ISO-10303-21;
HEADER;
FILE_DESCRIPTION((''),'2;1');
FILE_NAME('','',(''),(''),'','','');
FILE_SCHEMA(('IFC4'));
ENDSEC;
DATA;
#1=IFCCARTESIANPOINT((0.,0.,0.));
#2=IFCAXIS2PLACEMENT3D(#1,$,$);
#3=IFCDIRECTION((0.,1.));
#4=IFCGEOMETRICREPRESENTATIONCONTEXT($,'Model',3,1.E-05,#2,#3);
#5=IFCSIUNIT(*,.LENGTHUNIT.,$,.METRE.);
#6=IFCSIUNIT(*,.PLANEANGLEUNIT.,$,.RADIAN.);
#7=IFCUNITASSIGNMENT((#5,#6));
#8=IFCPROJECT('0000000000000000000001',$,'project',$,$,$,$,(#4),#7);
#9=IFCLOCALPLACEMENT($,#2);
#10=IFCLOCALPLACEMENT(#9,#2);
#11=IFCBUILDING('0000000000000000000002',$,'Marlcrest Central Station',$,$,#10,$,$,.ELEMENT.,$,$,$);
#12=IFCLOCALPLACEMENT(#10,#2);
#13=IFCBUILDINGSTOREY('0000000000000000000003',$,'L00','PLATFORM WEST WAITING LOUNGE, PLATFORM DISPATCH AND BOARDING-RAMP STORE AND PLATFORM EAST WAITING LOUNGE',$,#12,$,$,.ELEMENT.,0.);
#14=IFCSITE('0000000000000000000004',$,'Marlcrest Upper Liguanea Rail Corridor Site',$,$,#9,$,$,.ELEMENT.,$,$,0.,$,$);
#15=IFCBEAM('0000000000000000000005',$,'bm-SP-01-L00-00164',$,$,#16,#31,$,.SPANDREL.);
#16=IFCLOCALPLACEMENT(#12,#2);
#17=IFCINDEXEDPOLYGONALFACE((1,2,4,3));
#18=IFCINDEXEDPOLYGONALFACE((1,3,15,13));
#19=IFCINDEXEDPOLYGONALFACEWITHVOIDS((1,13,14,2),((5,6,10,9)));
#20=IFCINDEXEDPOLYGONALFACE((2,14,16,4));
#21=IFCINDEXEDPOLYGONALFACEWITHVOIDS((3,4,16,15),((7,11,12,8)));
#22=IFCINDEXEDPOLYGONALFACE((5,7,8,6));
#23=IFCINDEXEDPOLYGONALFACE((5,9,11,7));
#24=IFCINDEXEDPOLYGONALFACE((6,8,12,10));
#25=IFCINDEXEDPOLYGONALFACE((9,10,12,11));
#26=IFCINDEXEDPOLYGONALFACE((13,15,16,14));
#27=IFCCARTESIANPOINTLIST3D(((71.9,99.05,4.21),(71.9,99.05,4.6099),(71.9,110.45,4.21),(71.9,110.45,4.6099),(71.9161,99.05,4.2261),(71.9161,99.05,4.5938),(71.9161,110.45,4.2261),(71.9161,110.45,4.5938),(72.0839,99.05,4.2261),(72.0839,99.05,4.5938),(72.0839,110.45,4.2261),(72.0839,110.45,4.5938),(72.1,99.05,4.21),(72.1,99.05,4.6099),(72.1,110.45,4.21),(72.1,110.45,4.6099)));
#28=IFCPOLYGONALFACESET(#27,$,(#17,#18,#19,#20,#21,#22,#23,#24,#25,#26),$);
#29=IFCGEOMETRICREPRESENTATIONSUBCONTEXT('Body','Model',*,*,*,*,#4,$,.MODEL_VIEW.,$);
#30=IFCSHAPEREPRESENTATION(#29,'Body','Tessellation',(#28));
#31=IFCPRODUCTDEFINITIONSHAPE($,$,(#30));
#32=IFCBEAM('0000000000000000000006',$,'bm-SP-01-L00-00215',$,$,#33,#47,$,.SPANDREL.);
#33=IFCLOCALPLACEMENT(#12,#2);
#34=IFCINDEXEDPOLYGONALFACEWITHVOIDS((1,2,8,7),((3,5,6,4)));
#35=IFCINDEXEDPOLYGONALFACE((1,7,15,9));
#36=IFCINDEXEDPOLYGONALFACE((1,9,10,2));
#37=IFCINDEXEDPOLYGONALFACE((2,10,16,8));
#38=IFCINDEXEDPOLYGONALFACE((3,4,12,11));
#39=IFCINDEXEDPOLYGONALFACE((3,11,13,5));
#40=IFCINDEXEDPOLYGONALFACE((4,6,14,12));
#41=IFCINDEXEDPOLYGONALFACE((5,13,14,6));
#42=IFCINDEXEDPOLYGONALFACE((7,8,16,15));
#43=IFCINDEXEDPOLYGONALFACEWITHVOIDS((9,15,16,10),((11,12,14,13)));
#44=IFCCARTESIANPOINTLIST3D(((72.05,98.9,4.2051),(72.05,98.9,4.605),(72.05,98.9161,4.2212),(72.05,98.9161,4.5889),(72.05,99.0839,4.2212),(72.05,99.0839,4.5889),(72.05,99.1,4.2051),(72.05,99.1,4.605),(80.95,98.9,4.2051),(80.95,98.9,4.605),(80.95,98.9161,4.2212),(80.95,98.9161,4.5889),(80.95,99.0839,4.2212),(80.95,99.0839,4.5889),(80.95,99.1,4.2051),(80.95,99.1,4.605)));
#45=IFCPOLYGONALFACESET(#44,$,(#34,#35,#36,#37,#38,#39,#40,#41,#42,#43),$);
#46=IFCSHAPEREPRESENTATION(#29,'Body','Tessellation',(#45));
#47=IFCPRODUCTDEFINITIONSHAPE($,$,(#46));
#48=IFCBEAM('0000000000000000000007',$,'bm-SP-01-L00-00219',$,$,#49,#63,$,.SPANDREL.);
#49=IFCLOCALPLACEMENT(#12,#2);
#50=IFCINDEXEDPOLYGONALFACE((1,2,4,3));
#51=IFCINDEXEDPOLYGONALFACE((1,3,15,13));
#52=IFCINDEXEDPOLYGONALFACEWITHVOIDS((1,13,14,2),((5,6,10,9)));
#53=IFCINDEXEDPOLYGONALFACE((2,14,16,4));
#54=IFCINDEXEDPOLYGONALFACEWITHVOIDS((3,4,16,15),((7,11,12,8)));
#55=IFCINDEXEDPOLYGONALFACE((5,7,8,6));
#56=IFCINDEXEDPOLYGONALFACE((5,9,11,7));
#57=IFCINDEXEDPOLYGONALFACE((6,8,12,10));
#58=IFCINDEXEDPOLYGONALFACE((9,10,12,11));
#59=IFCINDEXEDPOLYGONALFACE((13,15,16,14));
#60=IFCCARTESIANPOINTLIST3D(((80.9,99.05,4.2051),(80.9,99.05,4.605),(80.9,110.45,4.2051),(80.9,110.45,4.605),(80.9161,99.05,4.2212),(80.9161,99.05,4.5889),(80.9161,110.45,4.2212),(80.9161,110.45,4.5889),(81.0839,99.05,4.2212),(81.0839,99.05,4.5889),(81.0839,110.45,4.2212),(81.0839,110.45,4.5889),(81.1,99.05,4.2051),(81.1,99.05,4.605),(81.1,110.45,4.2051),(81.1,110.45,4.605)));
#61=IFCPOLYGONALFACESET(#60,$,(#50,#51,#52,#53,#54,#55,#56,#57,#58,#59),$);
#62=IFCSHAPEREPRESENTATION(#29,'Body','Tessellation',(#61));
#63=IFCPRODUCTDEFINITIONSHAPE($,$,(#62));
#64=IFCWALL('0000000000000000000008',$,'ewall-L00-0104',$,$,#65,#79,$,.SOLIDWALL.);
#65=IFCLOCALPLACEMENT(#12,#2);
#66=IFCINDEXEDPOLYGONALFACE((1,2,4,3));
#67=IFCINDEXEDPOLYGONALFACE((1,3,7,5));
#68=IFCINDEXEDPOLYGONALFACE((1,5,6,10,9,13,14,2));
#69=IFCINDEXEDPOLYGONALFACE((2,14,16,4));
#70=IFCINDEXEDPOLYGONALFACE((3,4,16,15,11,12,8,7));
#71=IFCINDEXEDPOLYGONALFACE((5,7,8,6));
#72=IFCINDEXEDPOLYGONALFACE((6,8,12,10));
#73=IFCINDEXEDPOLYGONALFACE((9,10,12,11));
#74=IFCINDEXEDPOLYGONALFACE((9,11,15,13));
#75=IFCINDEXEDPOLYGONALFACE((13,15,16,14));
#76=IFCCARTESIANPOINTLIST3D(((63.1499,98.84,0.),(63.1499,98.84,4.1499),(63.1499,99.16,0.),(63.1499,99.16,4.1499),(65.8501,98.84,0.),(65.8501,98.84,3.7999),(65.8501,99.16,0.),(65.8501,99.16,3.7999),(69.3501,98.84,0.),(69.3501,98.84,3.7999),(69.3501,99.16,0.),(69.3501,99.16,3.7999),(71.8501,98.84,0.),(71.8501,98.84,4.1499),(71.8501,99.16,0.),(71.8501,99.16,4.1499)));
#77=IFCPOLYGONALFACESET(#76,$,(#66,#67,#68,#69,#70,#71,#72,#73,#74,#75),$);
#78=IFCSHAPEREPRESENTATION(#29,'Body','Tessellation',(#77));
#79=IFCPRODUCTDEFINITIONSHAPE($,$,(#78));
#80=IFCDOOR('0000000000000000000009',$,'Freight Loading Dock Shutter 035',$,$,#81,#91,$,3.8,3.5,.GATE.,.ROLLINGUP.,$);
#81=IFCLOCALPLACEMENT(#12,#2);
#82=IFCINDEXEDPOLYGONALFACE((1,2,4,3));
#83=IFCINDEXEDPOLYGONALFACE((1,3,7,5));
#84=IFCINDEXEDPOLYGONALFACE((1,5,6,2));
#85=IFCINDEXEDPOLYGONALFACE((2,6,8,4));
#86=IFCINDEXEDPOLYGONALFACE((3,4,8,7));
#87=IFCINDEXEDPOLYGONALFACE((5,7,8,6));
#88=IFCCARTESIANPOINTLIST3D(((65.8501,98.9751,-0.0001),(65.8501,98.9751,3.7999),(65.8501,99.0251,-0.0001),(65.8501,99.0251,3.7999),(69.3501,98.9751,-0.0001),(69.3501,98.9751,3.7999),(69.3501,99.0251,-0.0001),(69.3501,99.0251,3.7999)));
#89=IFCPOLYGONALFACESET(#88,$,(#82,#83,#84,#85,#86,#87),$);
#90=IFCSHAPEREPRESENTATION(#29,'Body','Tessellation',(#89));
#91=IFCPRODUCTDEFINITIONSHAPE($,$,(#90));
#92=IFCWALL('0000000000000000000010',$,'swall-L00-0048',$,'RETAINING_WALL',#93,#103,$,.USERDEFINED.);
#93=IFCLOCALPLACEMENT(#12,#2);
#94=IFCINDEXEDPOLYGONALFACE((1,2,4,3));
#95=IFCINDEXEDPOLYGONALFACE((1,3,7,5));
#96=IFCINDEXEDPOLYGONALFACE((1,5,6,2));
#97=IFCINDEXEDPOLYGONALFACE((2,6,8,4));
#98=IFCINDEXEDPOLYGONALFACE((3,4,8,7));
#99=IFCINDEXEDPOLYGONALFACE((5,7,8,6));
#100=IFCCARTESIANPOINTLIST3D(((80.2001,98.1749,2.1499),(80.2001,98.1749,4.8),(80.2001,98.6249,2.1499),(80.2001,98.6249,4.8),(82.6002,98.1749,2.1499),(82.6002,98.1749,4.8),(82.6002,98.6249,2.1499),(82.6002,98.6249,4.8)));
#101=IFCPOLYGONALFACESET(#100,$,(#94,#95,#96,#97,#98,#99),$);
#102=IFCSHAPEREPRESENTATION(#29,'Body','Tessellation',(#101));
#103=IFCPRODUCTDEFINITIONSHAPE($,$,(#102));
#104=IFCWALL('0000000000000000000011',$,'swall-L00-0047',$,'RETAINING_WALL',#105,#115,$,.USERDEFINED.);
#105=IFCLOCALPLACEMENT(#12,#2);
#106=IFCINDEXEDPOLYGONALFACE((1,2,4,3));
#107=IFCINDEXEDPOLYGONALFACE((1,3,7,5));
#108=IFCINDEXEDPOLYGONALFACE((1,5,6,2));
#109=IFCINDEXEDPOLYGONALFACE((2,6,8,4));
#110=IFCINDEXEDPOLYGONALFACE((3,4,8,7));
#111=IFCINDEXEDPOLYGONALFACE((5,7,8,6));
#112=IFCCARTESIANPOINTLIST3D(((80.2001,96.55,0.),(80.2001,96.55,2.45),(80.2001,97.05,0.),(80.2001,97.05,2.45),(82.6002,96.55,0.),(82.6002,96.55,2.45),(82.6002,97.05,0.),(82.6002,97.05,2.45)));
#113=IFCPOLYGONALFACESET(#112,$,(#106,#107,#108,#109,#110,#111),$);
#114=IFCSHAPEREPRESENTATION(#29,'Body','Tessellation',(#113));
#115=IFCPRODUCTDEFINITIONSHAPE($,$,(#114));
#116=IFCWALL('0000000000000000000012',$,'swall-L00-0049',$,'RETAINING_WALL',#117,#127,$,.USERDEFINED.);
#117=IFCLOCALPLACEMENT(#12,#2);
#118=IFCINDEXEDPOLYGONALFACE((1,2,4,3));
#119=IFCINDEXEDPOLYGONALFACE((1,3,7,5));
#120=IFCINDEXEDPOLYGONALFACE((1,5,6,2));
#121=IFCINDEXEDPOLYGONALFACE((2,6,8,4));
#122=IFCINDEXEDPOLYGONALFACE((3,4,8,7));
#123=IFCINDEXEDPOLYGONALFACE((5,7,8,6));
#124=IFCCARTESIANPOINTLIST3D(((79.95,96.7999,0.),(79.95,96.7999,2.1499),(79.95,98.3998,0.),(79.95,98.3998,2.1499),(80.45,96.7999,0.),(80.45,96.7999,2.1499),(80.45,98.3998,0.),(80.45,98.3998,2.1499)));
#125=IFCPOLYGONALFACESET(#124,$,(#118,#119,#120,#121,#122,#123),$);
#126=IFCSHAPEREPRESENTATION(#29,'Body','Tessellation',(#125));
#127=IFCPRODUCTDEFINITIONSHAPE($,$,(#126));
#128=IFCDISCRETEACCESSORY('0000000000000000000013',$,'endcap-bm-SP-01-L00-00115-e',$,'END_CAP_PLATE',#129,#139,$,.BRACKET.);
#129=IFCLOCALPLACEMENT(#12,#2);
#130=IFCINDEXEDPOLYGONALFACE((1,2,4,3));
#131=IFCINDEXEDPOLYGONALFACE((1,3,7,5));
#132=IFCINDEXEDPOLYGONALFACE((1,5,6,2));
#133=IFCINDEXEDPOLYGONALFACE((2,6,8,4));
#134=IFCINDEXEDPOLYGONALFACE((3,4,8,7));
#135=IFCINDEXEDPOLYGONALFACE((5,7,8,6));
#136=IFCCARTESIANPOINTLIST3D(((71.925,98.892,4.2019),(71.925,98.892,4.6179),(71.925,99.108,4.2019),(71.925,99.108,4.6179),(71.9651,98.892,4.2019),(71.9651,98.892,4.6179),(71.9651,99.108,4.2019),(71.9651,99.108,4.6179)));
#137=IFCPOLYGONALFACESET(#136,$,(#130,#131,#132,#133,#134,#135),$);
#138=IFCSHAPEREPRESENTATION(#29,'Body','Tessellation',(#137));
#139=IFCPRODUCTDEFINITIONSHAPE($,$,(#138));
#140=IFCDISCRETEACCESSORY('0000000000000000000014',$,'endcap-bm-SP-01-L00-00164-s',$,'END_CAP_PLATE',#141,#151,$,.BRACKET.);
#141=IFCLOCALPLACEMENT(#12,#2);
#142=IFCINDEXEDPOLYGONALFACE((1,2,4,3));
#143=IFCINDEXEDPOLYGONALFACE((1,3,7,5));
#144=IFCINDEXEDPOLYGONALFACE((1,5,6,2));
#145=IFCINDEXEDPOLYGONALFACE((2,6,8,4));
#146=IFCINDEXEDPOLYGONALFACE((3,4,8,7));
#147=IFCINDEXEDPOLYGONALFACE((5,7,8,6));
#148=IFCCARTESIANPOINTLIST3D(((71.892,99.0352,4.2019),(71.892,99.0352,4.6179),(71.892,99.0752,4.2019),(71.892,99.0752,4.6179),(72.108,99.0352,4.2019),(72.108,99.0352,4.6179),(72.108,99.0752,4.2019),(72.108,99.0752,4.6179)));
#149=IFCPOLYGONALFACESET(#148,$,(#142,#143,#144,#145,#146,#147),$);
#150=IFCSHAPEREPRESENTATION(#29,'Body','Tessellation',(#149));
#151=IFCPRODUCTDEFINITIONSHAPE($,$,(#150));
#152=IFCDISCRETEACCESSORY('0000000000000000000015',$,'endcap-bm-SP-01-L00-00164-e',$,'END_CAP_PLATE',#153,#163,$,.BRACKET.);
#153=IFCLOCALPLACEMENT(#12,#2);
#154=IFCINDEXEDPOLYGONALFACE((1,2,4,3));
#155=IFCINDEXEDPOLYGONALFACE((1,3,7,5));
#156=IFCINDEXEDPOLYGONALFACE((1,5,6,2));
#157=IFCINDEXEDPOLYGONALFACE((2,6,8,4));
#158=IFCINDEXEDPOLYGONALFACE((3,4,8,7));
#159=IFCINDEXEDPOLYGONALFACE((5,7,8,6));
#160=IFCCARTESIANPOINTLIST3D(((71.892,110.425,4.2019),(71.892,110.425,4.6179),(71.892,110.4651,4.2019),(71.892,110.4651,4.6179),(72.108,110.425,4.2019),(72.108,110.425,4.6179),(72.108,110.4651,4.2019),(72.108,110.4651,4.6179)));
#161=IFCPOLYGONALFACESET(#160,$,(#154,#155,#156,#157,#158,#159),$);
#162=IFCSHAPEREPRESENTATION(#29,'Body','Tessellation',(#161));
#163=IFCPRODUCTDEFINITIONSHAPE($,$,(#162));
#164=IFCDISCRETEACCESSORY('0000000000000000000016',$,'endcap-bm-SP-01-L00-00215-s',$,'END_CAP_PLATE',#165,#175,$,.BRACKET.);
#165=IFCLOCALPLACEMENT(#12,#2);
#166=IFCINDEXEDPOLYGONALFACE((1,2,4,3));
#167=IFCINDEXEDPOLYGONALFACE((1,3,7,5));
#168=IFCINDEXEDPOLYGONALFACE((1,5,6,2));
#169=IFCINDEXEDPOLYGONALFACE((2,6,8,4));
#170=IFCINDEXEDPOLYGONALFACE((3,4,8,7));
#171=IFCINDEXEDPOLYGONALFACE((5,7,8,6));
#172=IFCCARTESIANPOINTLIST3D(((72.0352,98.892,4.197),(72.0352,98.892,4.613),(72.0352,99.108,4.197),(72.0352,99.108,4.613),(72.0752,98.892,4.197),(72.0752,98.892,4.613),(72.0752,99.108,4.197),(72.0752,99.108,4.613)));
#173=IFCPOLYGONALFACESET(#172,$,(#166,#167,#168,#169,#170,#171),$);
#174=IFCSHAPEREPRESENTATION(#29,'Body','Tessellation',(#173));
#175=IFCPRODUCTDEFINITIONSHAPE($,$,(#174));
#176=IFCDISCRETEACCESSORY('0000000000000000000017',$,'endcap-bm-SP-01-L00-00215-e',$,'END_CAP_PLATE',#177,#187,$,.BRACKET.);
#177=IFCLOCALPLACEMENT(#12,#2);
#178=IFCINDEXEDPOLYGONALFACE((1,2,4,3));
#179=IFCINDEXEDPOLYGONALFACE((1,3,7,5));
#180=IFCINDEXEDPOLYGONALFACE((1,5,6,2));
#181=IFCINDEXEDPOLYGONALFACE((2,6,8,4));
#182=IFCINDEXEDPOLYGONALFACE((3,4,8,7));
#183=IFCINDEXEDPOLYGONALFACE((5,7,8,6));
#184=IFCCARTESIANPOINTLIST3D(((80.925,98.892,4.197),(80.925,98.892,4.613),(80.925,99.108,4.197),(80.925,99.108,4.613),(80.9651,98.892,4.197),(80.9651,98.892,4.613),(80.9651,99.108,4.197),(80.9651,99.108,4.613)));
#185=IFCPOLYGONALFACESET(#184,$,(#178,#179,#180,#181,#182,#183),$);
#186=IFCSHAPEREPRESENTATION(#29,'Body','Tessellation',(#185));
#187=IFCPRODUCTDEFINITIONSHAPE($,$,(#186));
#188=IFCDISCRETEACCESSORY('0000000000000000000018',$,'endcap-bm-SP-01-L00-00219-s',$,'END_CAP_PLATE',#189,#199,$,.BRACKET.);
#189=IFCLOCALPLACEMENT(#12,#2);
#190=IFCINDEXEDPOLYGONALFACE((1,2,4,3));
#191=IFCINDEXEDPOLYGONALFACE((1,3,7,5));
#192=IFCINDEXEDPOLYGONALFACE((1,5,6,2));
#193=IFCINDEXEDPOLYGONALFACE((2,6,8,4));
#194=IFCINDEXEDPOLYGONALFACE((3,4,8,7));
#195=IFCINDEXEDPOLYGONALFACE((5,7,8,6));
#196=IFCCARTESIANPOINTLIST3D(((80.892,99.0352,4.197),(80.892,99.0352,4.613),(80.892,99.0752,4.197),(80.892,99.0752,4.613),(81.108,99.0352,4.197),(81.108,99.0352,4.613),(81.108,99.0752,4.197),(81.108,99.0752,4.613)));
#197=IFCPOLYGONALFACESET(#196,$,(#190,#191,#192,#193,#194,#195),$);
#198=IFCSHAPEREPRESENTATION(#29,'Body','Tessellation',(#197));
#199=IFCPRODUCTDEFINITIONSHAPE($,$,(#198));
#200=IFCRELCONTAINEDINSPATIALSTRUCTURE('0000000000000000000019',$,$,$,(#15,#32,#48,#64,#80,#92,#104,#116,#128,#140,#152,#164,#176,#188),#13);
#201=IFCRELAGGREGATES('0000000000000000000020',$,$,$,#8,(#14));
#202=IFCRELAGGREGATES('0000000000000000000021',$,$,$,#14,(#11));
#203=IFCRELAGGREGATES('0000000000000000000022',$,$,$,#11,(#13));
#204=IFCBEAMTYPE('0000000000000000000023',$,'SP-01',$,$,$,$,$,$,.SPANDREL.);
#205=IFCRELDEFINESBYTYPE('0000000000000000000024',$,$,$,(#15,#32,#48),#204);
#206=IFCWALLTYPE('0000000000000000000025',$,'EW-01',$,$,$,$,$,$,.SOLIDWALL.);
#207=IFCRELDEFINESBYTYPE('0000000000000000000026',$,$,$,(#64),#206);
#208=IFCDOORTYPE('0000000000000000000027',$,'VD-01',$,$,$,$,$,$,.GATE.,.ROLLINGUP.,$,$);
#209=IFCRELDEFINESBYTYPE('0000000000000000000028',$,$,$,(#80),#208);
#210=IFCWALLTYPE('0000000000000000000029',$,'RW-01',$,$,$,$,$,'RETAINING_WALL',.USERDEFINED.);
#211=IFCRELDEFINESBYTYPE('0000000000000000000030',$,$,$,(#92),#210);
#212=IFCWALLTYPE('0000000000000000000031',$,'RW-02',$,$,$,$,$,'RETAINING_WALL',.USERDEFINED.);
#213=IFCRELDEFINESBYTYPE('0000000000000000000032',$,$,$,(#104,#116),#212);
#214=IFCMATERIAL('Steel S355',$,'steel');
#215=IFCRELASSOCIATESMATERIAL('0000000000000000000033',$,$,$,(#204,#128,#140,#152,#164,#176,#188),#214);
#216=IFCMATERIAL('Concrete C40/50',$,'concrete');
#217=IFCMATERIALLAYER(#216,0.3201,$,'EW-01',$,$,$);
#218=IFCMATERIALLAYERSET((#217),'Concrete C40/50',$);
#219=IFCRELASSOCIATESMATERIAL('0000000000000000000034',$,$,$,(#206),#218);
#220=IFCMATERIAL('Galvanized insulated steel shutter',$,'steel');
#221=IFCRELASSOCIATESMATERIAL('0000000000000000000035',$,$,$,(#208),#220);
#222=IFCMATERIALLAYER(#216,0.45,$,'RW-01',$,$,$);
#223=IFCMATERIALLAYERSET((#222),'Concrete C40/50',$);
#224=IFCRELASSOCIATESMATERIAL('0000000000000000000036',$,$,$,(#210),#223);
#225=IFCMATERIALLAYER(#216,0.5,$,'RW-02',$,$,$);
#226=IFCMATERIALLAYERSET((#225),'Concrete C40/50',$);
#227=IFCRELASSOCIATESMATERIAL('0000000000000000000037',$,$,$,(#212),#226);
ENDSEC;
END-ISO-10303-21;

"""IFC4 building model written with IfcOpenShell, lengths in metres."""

from ifc_helpers import new_model, si_unit, direction, frame, frame_2d, origin, origin_2d, place, context, subcontext, project, spatial, rectangle, hollow_rectangle, extrude, material, layer, layer_set, material_profile, profile_set, type_object, element, fill, save


model = new_model("IFC4")

# Units and contexts
model_context = context("Model", 3, precision=1e-05, world=origin(), true_north=direction((0.0, 1.0)))
body_context = subcontext(model_context, "Body", "Model", "MODEL_VIEW")
ifc_project = project(units=[si_unit("LENGTHUNIT", "METRE"), si_unit("PLANEANGLEUNIT", "RADIAN")], contexts=[model_context])

# Site, building, storey
site_placement = place(None, origin())
site = spatial("IfcSite", under=ifc_project, at=site_placement, Name="Marlcrest Upper Liguanea Rail Corridor Site", CompositionType="ELEMENT", RefElevation=0.0)
building_placement = place(site_placement, origin())
building = spatial("IfcBuilding", under=site, at=building_placement, Name="Marlcrest Central Station", CompositionType="ELEMENT")
storey_placement = place(building_placement, origin())
storey = spatial("IfcBuildingStorey", under=building, at=storey_placement, Name="L00", Description="PLATFORM WEST WAITING LOUNGE, PLATFORM DISPATCH AND BOARDING-RAMP STORE AND PLATFORM EAST WAITING LOUNGE", CompositionType="ELEMENT", Elevation=0.0)

# Shared definitions
ifc_material_1 = material(Name="Concrete C40/50", Category="concrete")

# Shared definitions
ifc_material_2 = material(Name="Steel S355", Category="steel")

# Beams
ifc_material_profile_1 = material_profile(ifc_material_2, hollow_rectangle(XDim=0.2, YDim=0.3999, WallThickness=0.0161, at=origin_2d()), Name="RHS 400x200x16")
ifc_profile_set_1 = profile_set([ifc_material_profile_1], Name="Steel S355")
beam_type_1 = type_object("IfcBeamType", Name="SP-01", PredefinedType="SPANDREL", material=ifc_profile_set_1)
beam_1_placement = place(storey_placement, frame((72.0, 99.05, 4.4099), z_axis=(0.0, 1.0, 0.0), x_axis=(-1.0, 0.0, 0.0)))
element("IfcBeam", 1, at=beam_1_placement, inside=storey, type_object=beam_type_1, Name="bm-SP-01-L00-00164", PredefinedType="SPANDREL", context=body_context, shape_type="SweptSolid", body=[
    extrude(hollow_rectangle(XDim=0.2, YDim=0.3999, WallThickness=0.0161, at=origin_2d()), origin(), (0.0, 0.0, 1.0), 11.3999),
])
beam_2_placement = place(storey_placement, frame((72.05, 99.0, 4.405), z_axis=(1.0, 0.0, 0.0), x_axis=(0.0, 1.0, 0.0)))
element("IfcBeam", 2, at=beam_2_placement, inside=storey, type_object=beam_type_1, Name="bm-SP-01-L00-00215", PredefinedType="SPANDREL", context=body_context, shape_type="SweptSolid", body=[
    extrude(hollow_rectangle(XDim=0.2, YDim=0.3999, WallThickness=0.0161, at=origin_2d()), origin(), (0.0, 0.0, 1.0), 8.8999),
])
beam_3_placement = place(storey_placement, frame((81.0, 99.05, 4.405), z_axis=(0.0, 1.0, 0.0), x_axis=(-1.0, 0.0, 0.0)))
element("IfcBeam", 3, at=beam_3_placement, inside=storey, type_object=beam_type_1, Name="bm-SP-01-L00-00219", PredefinedType="SPANDREL", context=body_context, shape_type="SweptSolid", body=[
    extrude(hollow_rectangle(XDim=0.2, YDim=0.3999, WallThickness=0.0161, at=origin_2d()), origin(), (0.0, 0.0, 1.0), 11.3999),
])

# Wall, opening, door
ifc_layer_1 = layer(ifc_material_1, 0.3201, Name="EW-01")
ifc_layer_set_1 = layer_set([ifc_layer_1], Name="Concrete C40/50")
wall_type_1 = type_object("IfcWallType", Name="EW-01", PredefinedType="SOLIDWALL", material=ifc_layer_set_1)
wall_1_placement = place(storey_placement, frame((71.8501, 99.0, 0.0), z_axis=(0.0, 0.0, 1.0), x_axis=(-1.0, 0.0, 0.0)))
wall_1 = element("IfcWall", 4, at=wall_1_placement, inside=storey, type_object=wall_type_1, Name="ewall-L00-0104", PredefinedType="SOLIDWALL", context=body_context, shape_type="SweptSolid", body=[
    extrude(rectangle(XDim=8.7002, YDim=0.3201, at=frame_2d((4.3501, 0.0))), origin(), (0.0, 0.0, 1.0), 4.1499),
])
opening_1_placement = place(wall_1_placement, frame((2.5, 0.0, 0.0)))
opening_1 = element("IfcOpeningElement", 5, at=opening_1_placement, cuts=wall_1, PredefinedType="OPENING", context=body_context, shape_type="SweptSolid", body=[
    extrude(rectangle(XDim=3.5, YDim=3.8, at=frame_2d((1.75, 1.8999))), frame((0.0, 0.1699, 0.0), z_axis=(0.0, -1.0, 0.0), x_axis=(1.0, 0.0, 0.0)), (0.0, 0.0, 1.0), 0.3401),
])
ifc_material_3 = material(Name="Galvanized insulated steel shutter", Category="steel")
door_type_1 = type_object("IfcDoorType", Name="VD-01", OperationType="ROLLINGUP", PredefinedType="GATE", material=ifc_material_3)
door_1_placement = place(opening_1_placement, origin())
door_1 = element("IfcDoor", 6, at=door_1_placement, inside=storey, type_object=door_type_1, Name="Freight Loading Dock Shutter 035", OperationType="ROLLINGUP", OverallHeight=3.8, OverallWidth=3.5, PredefinedType="GATE", context=body_context, shape_type="SweptSolid", body=[
    extrude(rectangle(XDim=3.5, YDim=3.8, at=frame_2d((1.75, 1.8999))), frame((0.0, 0.0249, 0.0), z_axis=(0.0, -1.0, 0.0), x_axis=(1.0, 0.0, 0.0)), (0.0, 0.0, 1.0), 0.05),
])
fill(opening_1, door_1)

# Walls
ifc_layer_2 = layer(ifc_material_1, 0.45, Name="RW-01")
ifc_layer_set_2 = layer_set([ifc_layer_2], Name="Concrete C40/50")
wall_type_2 = type_object("IfcWallType", Name="RW-01", ElementType="RETAINING_WALL", PredefinedType="USERDEFINED", material=ifc_layer_set_2)
wall_2_placement = place(storey_placement, frame((80.2, 98.3999, 2.1499), z_axis=(0.0, 0.0, 1.0), x_axis=(1.0, 0.0, 0.0)))
element("IfcWall", 7, at=wall_2_placement, inside=storey, type_object=wall_type_2, Name="swall-L00-0048", ObjectType="RETAINING_WALL", PredefinedType="USERDEFINED", context=body_context, shape_type="SweptSolid", body=[
    extrude(rectangle(XDim=2.4001, YDim=0.45, at=frame_2d((1.2002, 0.0))), origin(), (0.0, 0.0, 1.0), 2.6501),
])
ifc_layer_3 = layer(ifc_material_1, 0.5, Name="RW-02")
ifc_layer_set_3 = layer_set([ifc_layer_3], Name="Concrete C40/50")
wall_type_3 = type_object("IfcWallType", Name="RW-02", ElementType="RETAINING_WALL", PredefinedType="USERDEFINED", material=ifc_layer_set_3)
wall_3_placement = place(storey_placement, frame((80.2, 96.8, 0.0), z_axis=(0.0, 0.0, 1.0), x_axis=(1.0, 0.0, 0.0)))
element("IfcWall", 8, at=wall_3_placement, inside=storey, type_object=wall_type_3, Name="swall-L00-0047", ObjectType="RETAINING_WALL", PredefinedType="USERDEFINED", context=body_context, shape_type="SweptSolid", body=[
    extrude(rectangle(XDim=2.4001, YDim=0.5, at=frame_2d((1.2002, 0.0))), origin(), (0.0, 0.0, 1.0), 2.45),
])
wall_4_placement = place(storey_placement, frame((80.2, 96.8, 0.0), z_axis=(0.0, 0.0, 1.0), x_axis=(0.0, 1.0, 0.0)))
element("IfcWall", 9, at=wall_4_placement, inside=storey, type_object=wall_type_3, Name="swall-L00-0049", ObjectType="RETAINING_WALL", PredefinedType="USERDEFINED", context=body_context, shape_type="SweptSolid", body=[
    extrude(rectangle(XDim=1.5999, YDim=0.5, at=frame_2d((0.7998, 0.0))), origin(), (0.0, 0.0, 1.0), 2.1499),
])

# Discrete accessories
for number, where, z_axis, x_axis, name in (
    (10, (71.925, 99.0, 4.4099), (1.0, 0.0, 0.0), (0.0, 1.0, 0.0), "endcap-bm-SP-01-L00-00115-e"),
    (11, (72.0, 99.0352, 4.4099), (0.0, 1.0, 0.0), (-1.0, 0.0, 0.0), "endcap-bm-SP-01-L00-00164-s"),
    (12, (72.0, 110.425, 4.4099), (0.0, 1.0, 0.0), (-1.0, 0.0, 0.0), "endcap-bm-SP-01-L00-00164-e"),
    (13, (72.0352, 99.0, 4.405), (1.0, 0.0, 0.0), (0.0, 1.0, 0.0), "endcap-bm-SP-01-L00-00215-s"),
    (14, (80.925, 99.0, 4.405), (1.0, 0.0, 0.0), (0.0, 1.0, 0.0), "endcap-bm-SP-01-L00-00215-e"),
    (15, (81.0, 99.0352, 4.405), (0.0, 1.0, 0.0), (-1.0, 0.0, 0.0), "endcap-bm-SP-01-L00-00219-s"),
):
    element("IfcDiscreteAccessory", number, at=place(storey_placement, frame(where, z_axis=z_axis, x_axis=x_axis)), inside=storey, material=ifc_material_2, Name=name, ObjectType="END_CAP_PLATE", PredefinedType="BRACKET", context=body_context, shape_type="SweptSolid", body=[
        extrude(rectangle(XDim=0.2161, YDim=0.416, at=origin_2d()), origin(), (0.0, 0.0, 1.0), 0.04),
    ])

save(model, "model.ifc")
